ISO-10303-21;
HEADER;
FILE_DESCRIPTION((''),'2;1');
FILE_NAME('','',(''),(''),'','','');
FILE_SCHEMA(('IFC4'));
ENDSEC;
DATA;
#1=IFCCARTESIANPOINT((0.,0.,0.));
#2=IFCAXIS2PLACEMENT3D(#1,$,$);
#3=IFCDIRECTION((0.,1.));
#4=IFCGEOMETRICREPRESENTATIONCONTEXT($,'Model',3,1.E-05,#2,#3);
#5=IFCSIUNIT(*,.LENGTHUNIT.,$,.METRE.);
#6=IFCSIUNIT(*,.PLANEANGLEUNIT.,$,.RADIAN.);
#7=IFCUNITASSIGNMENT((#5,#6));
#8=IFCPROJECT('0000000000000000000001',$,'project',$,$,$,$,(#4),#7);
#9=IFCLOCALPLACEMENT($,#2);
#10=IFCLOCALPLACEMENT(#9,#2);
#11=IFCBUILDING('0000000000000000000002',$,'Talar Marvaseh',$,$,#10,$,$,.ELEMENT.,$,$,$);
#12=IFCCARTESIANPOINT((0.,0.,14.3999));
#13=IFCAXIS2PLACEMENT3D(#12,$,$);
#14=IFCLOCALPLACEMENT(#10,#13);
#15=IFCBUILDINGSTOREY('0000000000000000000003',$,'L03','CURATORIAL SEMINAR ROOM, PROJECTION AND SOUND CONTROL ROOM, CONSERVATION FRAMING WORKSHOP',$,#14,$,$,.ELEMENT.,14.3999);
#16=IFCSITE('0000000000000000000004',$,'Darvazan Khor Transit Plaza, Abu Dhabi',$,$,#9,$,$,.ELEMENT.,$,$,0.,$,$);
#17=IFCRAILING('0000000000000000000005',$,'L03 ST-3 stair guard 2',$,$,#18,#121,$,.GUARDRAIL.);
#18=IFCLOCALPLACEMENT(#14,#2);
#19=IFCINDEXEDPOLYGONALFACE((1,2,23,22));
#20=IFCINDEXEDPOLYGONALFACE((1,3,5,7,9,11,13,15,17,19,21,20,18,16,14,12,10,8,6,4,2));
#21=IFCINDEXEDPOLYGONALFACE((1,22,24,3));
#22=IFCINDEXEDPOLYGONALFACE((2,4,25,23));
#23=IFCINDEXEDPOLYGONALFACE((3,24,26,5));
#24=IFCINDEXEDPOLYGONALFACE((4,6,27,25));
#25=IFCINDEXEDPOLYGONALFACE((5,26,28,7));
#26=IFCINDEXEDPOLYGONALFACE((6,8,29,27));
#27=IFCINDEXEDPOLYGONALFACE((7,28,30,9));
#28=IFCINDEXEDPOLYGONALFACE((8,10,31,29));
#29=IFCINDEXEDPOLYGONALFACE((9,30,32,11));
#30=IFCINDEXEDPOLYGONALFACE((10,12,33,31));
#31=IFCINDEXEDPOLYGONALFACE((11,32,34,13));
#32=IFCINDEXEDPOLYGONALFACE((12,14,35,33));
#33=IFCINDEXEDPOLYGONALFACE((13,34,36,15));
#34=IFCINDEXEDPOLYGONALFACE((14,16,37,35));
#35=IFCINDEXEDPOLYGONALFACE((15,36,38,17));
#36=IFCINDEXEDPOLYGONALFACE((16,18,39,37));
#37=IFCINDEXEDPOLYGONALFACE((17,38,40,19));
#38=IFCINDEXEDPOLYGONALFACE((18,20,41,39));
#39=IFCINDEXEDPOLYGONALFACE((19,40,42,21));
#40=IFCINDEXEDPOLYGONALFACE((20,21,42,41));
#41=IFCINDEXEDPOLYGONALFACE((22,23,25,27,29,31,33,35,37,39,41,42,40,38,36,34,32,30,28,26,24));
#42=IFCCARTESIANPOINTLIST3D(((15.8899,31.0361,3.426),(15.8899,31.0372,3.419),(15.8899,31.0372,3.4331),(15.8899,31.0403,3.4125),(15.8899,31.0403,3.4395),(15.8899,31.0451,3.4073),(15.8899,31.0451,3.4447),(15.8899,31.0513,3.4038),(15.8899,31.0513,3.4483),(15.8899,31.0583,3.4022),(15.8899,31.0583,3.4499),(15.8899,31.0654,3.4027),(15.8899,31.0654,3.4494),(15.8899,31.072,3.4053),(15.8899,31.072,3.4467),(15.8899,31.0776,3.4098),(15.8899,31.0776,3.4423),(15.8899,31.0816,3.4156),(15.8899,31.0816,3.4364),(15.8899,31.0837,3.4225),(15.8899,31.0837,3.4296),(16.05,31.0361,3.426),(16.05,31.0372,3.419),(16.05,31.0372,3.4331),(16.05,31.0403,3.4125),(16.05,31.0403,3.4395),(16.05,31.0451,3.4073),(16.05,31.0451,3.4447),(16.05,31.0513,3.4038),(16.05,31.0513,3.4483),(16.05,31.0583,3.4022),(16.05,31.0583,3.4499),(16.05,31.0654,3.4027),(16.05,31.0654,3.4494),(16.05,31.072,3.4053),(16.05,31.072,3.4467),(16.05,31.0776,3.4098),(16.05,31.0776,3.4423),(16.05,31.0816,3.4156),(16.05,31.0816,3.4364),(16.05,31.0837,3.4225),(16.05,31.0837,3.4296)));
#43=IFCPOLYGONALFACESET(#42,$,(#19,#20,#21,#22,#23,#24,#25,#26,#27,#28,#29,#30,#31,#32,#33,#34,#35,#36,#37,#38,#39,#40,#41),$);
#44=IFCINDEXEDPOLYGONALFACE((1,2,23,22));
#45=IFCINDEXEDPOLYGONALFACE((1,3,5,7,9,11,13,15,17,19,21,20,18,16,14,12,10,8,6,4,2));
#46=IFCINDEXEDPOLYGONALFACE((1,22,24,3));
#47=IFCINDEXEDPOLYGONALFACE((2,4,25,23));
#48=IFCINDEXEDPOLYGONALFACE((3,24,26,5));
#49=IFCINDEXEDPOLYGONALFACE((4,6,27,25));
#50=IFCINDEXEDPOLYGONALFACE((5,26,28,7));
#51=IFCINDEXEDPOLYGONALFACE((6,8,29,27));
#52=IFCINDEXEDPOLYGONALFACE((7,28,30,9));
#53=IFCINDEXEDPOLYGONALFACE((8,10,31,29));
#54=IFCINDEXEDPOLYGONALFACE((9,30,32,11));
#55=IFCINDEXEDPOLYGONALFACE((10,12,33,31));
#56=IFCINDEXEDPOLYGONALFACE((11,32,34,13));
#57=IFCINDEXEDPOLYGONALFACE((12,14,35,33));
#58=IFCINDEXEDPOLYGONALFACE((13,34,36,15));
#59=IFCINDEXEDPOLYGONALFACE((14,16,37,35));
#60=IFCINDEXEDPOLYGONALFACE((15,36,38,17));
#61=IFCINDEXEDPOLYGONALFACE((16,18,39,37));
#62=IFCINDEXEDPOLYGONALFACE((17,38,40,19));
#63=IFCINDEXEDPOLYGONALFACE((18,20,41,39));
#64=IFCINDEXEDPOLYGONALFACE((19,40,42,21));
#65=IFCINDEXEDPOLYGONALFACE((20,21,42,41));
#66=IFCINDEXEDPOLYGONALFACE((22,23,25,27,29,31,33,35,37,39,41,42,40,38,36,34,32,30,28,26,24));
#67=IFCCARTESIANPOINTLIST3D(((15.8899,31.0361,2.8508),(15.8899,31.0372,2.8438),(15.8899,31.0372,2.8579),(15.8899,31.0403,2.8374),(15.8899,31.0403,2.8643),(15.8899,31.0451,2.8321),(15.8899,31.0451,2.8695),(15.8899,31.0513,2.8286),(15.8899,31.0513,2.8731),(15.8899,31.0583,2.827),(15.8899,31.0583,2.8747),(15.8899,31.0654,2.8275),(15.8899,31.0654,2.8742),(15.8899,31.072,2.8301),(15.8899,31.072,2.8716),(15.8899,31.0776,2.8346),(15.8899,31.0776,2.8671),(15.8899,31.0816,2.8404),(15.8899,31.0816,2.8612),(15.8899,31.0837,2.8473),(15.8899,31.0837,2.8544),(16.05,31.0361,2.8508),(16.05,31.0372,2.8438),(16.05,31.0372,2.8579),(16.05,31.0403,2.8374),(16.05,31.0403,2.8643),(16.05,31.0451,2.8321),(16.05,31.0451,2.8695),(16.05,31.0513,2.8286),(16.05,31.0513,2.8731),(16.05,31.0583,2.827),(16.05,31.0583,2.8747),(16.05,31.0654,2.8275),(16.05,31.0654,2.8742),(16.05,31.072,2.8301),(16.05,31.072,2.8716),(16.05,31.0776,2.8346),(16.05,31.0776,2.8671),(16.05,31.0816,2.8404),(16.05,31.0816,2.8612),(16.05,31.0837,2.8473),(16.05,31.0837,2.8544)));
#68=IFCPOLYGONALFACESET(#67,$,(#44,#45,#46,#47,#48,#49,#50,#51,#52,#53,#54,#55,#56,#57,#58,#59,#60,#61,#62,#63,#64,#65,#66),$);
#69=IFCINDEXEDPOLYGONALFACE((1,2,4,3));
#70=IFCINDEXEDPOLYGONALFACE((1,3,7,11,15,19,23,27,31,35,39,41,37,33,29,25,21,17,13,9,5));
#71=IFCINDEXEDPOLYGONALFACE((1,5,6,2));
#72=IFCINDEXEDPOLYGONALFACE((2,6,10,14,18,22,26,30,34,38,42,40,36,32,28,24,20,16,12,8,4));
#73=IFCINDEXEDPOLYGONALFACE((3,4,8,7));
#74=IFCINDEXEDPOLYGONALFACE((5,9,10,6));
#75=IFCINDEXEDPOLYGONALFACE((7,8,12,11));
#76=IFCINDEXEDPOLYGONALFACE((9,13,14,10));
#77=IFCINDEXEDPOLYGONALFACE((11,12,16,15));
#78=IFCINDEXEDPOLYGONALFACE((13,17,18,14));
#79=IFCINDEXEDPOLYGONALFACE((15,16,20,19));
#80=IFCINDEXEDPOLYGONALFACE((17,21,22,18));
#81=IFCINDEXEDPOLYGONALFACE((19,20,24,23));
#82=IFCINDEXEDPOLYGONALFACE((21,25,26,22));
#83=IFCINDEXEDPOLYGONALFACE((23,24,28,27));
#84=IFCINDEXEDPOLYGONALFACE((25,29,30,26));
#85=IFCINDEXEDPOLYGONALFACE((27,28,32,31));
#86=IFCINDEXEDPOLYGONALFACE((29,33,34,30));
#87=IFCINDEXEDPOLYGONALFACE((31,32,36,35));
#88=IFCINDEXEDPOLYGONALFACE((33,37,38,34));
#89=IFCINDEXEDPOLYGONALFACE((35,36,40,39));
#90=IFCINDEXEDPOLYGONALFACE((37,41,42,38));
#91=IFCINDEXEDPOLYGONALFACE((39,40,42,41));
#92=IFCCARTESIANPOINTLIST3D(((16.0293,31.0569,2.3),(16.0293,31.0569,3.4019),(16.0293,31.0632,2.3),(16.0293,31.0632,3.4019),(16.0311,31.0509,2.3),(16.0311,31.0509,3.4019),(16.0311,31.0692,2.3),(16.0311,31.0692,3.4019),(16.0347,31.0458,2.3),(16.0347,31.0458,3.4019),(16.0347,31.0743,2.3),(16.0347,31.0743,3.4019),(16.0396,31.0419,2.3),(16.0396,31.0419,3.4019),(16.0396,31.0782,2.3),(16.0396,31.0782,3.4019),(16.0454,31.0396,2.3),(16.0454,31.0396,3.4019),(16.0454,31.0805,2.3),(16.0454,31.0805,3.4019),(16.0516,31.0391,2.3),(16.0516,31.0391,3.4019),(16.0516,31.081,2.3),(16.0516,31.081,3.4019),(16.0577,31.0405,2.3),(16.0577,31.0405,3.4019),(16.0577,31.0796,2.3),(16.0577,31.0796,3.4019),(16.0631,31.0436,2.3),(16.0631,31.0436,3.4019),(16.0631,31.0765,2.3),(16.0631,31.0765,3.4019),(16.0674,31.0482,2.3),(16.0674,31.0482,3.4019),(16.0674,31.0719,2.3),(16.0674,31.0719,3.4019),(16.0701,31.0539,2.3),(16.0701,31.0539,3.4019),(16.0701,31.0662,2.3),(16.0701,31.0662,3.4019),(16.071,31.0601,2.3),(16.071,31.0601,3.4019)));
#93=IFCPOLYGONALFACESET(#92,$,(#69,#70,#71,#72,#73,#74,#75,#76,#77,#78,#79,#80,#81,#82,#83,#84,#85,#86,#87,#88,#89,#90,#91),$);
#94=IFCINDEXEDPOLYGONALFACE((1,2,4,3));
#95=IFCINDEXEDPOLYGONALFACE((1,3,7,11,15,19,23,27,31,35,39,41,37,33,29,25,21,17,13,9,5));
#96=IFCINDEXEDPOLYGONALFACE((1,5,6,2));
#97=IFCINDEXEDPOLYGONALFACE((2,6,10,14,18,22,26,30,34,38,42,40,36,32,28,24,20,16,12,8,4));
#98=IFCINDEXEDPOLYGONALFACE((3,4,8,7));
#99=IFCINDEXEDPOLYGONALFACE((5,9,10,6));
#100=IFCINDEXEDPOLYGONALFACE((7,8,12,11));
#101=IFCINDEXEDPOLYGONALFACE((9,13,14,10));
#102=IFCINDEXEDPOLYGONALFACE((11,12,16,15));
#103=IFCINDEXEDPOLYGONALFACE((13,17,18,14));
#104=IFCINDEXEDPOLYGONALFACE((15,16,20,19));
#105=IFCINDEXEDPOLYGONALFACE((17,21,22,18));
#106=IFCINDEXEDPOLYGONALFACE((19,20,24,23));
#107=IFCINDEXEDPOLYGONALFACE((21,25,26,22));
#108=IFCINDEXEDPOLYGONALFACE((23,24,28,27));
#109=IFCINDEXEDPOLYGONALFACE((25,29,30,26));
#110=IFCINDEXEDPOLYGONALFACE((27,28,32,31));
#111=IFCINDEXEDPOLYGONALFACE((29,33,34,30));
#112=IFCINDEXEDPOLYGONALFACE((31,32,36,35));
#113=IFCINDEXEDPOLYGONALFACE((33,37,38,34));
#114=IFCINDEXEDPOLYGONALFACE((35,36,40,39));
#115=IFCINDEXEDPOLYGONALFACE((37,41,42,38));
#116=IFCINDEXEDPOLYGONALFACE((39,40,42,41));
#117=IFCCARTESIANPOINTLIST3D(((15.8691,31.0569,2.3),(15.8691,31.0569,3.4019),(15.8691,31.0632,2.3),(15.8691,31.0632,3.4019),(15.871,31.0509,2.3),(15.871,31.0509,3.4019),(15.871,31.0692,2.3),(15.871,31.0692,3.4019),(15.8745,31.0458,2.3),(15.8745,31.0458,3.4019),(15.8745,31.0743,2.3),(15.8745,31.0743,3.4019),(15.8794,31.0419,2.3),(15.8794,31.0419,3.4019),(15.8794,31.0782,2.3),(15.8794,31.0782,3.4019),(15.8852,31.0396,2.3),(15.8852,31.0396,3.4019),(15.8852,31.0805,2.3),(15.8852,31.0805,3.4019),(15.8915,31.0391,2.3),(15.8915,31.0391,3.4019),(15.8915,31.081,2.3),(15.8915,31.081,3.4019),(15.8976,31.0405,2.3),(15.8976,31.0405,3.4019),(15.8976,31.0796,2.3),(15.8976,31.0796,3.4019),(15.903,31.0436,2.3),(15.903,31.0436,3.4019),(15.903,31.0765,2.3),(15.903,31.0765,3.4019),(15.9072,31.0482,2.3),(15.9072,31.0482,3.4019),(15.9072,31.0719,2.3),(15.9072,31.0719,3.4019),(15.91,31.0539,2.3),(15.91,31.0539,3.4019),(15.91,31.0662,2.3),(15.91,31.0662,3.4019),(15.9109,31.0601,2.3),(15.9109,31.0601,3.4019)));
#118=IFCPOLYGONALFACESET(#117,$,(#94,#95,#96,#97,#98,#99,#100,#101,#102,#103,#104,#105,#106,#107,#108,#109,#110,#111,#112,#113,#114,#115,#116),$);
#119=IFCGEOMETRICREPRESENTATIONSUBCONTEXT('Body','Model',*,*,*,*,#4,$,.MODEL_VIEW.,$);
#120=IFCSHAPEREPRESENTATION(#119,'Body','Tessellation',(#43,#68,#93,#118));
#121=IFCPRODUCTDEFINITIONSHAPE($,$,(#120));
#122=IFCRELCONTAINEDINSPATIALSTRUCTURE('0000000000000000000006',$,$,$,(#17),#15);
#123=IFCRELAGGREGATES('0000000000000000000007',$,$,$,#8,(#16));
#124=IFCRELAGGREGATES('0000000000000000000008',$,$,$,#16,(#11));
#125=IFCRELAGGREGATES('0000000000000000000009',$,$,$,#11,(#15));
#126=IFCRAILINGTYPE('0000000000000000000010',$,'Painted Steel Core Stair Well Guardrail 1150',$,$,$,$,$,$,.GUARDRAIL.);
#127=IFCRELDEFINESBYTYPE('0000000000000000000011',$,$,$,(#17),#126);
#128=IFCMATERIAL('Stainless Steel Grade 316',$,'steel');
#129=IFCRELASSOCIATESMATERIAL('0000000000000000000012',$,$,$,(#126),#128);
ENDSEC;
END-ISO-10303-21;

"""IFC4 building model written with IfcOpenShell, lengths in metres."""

from ifc_helpers import new_model, si_unit, direction, frame, origin, origin_2d, place, context, subcontext, project, spatial, circle, extrude, material, type_object, element, save


model = new_model("IFC4")

# Units and contexts
model_context = context("Model", 3, precision=1e-05, world=origin(), true_north=direction((0.0, 1.0)))
body_context = subcontext(model_context, "Body", "Model", "MODEL_VIEW")
ifc_project = project(units=[si_unit("LENGTHUNIT", "METRE"), si_unit("PLANEANGLEUNIT", "RADIAN")], contexts=[model_context])

# Site, building, storey
site_placement = place(None, origin())
site = spatial("IfcSite", under=ifc_project, at=site_placement, Name="Darvazan Khor Transit Plaza, Abu Dhabi", CompositionType="ELEMENT", RefElevation=0.0)
building_placement = place(site_placement, origin())
building = spatial("IfcBuilding", under=site, at=building_placement, Name="Talar Marvaseh", CompositionType="ELEMENT")
storey_placement = place(building_placement, frame((0.0, 0.0, 14.3999)))
storey = spatial("IfcBuildingStorey", under=building, at=storey_placement, Name="L03", Description="CURATORIAL SEMINAR ROOM, PROJECTION AND SOUND CONTROL ROOM, CONSERVATION FRAMING WORKSHOP", CompositionType="ELEMENT", Elevation=14.3999)

# Railing
ifc_material_1 = material(Name="Stainless Steel Grade 316", Category="steel")
railing_type_1 = type_object("IfcRailingType", Name="Painted Steel Core Stair Well Guardrail 1150", PredefinedType="GUARDRAIL", material=ifc_material_1)
railing_1_placement = place(storey_placement, frame((16.05, 31.0601, 2.3)))
element("IfcRailing", 1, at=railing_1_placement, inside=storey, type_object=railing_type_1, Name="L03 ST-3 stair guard 2", PredefinedType="GUARDRAIL", context=body_context, shape_type="SweptSolid", body=[
    extrude(circle(Radius=0.0239, at=origin_2d()), frame((0.0, 0.0, 1.126), z_axis=(-1.0, 0.0, 0.0), x_axis=(0.0, -1.0, 0.0)), (0.0, 0.0, 1.0), 0.1602),
    extrude(circle(Radius=0.0239, at=origin_2d()), frame((0.0, 0.0, 0.5508), z_axis=(-1.0, 0.0, 0.0), x_axis=(0.0, -1.0, 0.0)), (0.0, 0.0, 1.0), 0.1602),
    extrude(circle(Radius=0.021, at=origin_2d()), origin(), (0.0, 0.0, 1.0), 1.1018),
    extrude(circle(Radius=0.021, at=origin_2d()), frame((-0.1602, 0.0, 0.0)), (0.0, 0.0, 1.0), 1.1018),
])

save(model, "model.ifc")
